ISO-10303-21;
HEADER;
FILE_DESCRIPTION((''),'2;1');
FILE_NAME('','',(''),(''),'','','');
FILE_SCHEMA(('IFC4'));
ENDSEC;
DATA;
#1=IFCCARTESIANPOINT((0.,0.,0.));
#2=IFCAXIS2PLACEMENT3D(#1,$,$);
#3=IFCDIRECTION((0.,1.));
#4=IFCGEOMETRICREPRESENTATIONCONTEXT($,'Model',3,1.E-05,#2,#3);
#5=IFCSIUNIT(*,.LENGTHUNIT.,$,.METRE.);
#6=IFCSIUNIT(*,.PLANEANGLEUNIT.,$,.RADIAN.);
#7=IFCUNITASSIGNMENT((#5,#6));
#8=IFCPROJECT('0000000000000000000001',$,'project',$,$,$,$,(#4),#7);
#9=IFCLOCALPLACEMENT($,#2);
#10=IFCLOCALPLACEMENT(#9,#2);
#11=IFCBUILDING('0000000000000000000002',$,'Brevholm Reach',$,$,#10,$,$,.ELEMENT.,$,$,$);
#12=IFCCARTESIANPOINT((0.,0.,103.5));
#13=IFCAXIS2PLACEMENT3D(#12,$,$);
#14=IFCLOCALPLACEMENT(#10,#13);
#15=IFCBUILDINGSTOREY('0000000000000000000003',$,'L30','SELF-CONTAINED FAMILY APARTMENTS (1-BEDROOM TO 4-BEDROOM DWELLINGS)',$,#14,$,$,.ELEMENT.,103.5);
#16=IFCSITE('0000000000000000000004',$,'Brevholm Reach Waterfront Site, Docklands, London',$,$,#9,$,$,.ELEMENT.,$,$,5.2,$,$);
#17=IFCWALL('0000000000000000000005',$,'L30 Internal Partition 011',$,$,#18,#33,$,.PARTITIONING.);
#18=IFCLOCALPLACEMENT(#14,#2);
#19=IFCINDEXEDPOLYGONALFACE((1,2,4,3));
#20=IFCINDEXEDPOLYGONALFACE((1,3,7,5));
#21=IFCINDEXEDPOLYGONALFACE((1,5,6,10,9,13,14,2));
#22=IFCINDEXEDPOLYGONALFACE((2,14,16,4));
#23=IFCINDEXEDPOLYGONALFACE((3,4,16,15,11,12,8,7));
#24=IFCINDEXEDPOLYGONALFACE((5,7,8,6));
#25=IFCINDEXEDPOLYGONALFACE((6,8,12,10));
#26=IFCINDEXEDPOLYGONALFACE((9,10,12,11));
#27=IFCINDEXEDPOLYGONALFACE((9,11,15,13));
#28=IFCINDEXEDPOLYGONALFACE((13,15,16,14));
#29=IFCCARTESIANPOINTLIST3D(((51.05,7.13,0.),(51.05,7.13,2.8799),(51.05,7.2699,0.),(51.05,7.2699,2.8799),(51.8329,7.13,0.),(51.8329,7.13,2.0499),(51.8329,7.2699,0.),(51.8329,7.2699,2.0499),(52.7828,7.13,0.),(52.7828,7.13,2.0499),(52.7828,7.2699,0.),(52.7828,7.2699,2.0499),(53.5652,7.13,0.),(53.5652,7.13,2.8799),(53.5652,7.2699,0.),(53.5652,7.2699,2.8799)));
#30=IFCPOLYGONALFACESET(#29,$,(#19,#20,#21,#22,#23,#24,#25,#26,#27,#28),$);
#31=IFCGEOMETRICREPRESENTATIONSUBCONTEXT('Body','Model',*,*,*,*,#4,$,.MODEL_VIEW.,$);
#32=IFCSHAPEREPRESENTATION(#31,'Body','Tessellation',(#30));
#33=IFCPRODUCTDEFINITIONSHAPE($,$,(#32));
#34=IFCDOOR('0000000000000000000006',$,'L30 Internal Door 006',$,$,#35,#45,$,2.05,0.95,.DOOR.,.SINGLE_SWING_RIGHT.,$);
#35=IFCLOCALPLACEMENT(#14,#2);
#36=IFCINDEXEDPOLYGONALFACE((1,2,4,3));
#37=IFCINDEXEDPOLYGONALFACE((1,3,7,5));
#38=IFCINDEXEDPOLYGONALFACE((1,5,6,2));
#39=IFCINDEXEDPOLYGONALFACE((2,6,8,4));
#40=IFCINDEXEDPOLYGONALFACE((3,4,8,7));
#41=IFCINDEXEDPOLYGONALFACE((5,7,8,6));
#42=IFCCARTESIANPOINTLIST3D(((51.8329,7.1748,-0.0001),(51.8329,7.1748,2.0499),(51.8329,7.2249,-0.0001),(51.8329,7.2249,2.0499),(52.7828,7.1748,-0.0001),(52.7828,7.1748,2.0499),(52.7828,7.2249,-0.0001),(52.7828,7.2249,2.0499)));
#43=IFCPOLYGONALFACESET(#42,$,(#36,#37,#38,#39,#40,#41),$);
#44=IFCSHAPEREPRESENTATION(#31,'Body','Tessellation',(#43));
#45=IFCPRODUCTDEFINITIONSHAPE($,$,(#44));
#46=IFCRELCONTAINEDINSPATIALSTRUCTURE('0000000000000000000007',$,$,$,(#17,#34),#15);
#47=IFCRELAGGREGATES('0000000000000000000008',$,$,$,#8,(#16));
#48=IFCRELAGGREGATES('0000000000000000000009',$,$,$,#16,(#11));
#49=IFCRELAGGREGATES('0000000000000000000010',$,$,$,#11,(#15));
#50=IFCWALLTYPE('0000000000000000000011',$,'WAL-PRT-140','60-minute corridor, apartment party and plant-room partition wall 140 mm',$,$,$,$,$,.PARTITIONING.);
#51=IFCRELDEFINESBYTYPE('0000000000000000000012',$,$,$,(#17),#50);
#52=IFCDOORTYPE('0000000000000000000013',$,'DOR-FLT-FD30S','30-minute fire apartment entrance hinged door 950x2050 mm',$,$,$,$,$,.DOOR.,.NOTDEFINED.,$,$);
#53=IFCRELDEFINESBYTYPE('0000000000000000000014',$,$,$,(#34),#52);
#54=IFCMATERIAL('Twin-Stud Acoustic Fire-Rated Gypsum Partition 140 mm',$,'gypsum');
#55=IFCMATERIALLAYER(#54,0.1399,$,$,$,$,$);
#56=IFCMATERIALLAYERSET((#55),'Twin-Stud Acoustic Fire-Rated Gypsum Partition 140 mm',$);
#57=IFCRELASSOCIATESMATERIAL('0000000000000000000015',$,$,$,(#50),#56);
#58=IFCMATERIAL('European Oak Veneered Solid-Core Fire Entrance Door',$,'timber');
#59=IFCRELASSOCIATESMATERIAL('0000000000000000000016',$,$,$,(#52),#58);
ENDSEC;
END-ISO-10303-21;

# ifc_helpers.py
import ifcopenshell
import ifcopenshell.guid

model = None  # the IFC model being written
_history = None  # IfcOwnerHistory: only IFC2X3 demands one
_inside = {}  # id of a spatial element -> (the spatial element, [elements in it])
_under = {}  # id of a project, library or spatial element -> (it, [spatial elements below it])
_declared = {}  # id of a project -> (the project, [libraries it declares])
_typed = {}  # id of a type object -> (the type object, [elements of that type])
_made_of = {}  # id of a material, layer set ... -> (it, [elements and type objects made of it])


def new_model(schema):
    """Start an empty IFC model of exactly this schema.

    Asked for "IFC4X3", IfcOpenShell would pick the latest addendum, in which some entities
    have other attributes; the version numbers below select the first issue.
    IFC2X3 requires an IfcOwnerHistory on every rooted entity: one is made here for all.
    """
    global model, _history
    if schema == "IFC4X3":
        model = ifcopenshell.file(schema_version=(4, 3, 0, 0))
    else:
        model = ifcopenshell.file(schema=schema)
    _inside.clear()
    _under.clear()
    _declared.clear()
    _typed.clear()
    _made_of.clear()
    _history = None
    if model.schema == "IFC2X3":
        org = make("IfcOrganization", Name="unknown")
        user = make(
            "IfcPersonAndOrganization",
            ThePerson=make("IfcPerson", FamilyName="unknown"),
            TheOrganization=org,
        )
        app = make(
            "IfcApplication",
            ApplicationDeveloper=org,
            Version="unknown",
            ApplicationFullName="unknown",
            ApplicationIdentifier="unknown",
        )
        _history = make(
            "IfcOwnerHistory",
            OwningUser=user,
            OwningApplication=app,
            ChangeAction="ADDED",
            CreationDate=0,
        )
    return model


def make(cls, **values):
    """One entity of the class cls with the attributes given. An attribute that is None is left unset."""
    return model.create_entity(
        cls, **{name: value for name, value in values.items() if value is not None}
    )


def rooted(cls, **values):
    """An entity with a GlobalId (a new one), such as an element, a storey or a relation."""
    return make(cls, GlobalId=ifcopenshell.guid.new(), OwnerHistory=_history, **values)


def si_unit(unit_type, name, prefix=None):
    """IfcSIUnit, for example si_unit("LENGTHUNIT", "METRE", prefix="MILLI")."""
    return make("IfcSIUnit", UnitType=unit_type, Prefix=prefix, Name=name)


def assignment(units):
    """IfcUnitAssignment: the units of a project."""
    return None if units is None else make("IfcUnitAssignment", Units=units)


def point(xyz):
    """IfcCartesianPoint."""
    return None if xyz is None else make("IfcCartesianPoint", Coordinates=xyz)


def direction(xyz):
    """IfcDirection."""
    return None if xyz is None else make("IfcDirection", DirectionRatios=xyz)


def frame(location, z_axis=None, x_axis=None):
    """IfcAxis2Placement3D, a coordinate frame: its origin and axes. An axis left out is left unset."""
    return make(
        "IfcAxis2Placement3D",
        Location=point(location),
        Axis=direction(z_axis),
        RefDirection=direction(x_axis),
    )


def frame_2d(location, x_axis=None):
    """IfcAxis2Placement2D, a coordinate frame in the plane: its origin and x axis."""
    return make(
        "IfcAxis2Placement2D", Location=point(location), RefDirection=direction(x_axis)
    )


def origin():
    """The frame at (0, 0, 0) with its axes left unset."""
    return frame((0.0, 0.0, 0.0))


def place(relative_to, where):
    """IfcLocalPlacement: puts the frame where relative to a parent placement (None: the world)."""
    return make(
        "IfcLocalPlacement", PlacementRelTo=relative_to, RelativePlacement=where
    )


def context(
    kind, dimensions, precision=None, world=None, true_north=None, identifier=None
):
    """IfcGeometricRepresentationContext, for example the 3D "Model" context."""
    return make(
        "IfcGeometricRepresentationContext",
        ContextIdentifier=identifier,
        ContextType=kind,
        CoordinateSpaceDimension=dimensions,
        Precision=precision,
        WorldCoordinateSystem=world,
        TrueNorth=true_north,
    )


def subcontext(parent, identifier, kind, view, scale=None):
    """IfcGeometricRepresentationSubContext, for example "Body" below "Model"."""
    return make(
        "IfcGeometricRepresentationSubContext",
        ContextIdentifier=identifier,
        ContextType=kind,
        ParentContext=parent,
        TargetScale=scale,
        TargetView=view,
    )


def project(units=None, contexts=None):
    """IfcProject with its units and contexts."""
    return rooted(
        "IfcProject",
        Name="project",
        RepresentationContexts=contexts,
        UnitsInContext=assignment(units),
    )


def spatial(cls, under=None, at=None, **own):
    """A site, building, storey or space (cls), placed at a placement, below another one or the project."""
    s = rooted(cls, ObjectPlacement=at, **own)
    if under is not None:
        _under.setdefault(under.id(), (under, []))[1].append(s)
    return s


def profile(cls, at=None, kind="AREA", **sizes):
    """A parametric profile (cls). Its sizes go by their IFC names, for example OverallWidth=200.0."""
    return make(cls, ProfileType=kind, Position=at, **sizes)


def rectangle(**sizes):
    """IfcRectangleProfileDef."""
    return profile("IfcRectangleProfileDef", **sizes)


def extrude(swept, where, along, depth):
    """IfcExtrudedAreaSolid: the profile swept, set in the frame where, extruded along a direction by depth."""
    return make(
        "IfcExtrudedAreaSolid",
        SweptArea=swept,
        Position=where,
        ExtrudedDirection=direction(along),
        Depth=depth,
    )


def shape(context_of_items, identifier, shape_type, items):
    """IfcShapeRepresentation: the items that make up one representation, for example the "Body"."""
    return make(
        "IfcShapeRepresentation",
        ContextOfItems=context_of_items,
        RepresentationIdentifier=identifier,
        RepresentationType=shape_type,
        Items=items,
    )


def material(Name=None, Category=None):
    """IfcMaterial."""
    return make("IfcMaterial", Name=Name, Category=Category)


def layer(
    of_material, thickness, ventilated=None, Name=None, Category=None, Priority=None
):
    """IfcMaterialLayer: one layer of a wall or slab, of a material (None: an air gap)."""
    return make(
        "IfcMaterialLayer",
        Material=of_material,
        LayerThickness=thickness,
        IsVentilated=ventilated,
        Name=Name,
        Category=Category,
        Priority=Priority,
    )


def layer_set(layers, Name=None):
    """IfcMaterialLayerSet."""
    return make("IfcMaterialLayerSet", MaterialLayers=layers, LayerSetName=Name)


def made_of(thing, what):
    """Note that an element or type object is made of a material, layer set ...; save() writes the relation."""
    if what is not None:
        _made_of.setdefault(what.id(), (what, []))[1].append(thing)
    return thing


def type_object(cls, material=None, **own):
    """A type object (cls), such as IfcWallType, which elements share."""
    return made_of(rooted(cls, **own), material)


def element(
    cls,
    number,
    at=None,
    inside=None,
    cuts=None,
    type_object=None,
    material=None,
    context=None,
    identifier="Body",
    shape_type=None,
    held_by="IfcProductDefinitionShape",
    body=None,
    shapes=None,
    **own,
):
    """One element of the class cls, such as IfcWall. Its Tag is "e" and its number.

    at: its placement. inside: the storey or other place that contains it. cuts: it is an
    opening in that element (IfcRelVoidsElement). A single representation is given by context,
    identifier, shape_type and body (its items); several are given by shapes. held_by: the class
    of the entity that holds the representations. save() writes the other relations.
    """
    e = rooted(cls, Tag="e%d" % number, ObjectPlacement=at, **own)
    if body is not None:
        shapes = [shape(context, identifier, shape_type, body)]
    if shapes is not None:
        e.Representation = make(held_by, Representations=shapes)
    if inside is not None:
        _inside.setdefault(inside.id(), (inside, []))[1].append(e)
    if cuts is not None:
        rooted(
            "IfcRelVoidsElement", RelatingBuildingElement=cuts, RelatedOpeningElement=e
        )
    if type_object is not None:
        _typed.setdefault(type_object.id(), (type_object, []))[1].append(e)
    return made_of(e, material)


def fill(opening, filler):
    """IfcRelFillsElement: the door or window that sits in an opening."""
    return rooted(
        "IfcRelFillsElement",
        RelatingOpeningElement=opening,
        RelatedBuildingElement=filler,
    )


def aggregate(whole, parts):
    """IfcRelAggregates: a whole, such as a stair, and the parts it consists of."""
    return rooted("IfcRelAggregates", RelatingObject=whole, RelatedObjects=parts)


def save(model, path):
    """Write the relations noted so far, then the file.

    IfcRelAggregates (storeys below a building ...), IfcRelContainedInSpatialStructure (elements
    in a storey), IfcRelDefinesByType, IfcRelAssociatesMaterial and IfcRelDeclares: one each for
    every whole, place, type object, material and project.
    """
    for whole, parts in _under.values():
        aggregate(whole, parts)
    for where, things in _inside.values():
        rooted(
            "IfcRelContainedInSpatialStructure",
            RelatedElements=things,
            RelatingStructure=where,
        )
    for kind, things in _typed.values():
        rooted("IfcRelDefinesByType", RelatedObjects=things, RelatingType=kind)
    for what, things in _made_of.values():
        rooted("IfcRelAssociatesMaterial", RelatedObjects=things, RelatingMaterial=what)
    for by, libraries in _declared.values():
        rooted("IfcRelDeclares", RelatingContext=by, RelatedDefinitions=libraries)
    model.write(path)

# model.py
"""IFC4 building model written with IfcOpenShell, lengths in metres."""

from ifc_helpers import new_model, si_unit, direction, frame, frame_2d, origin, place, context, subcontext, project, spatial, rectangle, extrude, material, layer, layer_set, type_object, element, fill, save


model = new_model("IFC4")

# Units and contexts
model_context = context("Model", 3, precision=1e-05, world=origin(), true_north=direction((0.0, 1.0)))
body_context = subcontext(model_context, "Body", "Model", "MODEL_VIEW")
ifc_project = project(units=[si_unit("LENGTHUNIT", "METRE"), si_unit("PLANEANGLEUNIT", "RADIAN")], contexts=[model_context])

# Site, building, storey
site_placement = place(None, origin())
site = spatial("IfcSite", under=ifc_project, at=site_placement, Name="Brevholm Reach Waterfront Site, Docklands, London", CompositionType="ELEMENT", RefElevation=5.2)
building_placement = place(site_placement, origin())
building = spatial("IfcBuilding", under=site, at=building_placement, Name="Brevholm Reach", CompositionType="ELEMENT")
storey_placement = place(building_placement, frame((0.0, 0.0, 103.5)))
storey = spatial("IfcBuildingStorey", under=building, at=storey_placement, Name="L30", Description="SELF-CONTAINED FAMILY APARTMENTS (1-BEDROOM TO 4-BEDROOM DWELLINGS)", CompositionType="ELEMENT", Elevation=103.5)

# Shared definitions
ifc_material_1 = material(Name="Twin-Stud Acoustic Fire-Rated Gypsum Partition 140 mm", Category="gypsum")
ifc_layer_1 = layer(ifc_material_1, 0.1399)
ifc_layer_set_1 = layer_set([ifc_layer_1], Name="Twin-Stud Acoustic Fire-Rated Gypsum Partition 140 mm")
wall_type_1 = type_object("IfcWallType", Name="WAL-PRT-140", Description="60-minute corridor, apartment party and plant-room partition wall 140 mm", PredefinedType="PARTITIONING", material=ifc_layer_set_1)

# Wall, opening, door
wall_1_placement = place(storey_placement, frame((51.05, 7.2, 0.0), z_axis=(0.0, 0.0, 1.0), x_axis=(1.0, 0.0, 0.0)))
wall_1 = element("IfcWall", 1, at=wall_1_placement, inside=storey, type_object=wall_type_1, Name="L30 Internal Partition 011", PredefinedType="PARTITIONING", context=body_context, shape_type="SweptSolid", body=[
    extrude(rectangle(XDim=2.5151, YDim=0.1399, at=frame_2d((1.2576, 0.0))), origin(), (0.0, 0.0, 1.0), 2.8799),
])
opening_1_placement = place(wall_1_placement, frame((0.7827, 0.0, 0.0)))
opening_1 = element("IfcOpeningElement", 2, at=opening_1_placement, cuts=wall_1, PredefinedType="OPENING", context=body_context, shape_type="SweptSolid", body=[
    extrude(rectangle(XDim=0.95, YDim=2.05, at=frame_2d((0.4751, 1.0249))), frame((0.0, 0.0798, 0.0), z_axis=(0.0, -1.0, 0.0), x_axis=(1.0, 0.0, 0.0)), (0.0, 0.0, 1.0), 0.1599),
])
ifc_material_2 = material(Name="European Oak Veneered Solid-Core Fire Entrance Door", Category="timber")
door_type_1 = type_object("IfcDoorType", Name="DOR-FLT-FD30S", Description="30-minute fire apartment entrance hinged door 950x2050 mm", OperationType="NOTDEFINED", PredefinedType="DOOR", material=ifc_material_2)
door_1_placement = place(opening_1_placement, origin())
door_1 = element("IfcDoor", 3, at=door_1_placement, inside=storey, type_object=door_type_1, Name="L30 Internal Door 006", OperationType="SINGLE_SWING_RIGHT", OverallHeight=2.05, OverallWidth=0.95, PredefinedType="DOOR", context=body_context, shape_type="SweptSolid", body=[
    extrude(rectangle(XDim=0.95, YDim=2.05, at=frame_2d((0.4751, 1.0249))), frame((0.0, 0.0249, 0.0), z_axis=(0.0, -1.0, 0.0), x_axis=(1.0, 0.0, 0.0)), (0.0, 0.0, 1.0), 0.05),
])
fill(opening_1, door_1)

save(model, "model.ifc")
